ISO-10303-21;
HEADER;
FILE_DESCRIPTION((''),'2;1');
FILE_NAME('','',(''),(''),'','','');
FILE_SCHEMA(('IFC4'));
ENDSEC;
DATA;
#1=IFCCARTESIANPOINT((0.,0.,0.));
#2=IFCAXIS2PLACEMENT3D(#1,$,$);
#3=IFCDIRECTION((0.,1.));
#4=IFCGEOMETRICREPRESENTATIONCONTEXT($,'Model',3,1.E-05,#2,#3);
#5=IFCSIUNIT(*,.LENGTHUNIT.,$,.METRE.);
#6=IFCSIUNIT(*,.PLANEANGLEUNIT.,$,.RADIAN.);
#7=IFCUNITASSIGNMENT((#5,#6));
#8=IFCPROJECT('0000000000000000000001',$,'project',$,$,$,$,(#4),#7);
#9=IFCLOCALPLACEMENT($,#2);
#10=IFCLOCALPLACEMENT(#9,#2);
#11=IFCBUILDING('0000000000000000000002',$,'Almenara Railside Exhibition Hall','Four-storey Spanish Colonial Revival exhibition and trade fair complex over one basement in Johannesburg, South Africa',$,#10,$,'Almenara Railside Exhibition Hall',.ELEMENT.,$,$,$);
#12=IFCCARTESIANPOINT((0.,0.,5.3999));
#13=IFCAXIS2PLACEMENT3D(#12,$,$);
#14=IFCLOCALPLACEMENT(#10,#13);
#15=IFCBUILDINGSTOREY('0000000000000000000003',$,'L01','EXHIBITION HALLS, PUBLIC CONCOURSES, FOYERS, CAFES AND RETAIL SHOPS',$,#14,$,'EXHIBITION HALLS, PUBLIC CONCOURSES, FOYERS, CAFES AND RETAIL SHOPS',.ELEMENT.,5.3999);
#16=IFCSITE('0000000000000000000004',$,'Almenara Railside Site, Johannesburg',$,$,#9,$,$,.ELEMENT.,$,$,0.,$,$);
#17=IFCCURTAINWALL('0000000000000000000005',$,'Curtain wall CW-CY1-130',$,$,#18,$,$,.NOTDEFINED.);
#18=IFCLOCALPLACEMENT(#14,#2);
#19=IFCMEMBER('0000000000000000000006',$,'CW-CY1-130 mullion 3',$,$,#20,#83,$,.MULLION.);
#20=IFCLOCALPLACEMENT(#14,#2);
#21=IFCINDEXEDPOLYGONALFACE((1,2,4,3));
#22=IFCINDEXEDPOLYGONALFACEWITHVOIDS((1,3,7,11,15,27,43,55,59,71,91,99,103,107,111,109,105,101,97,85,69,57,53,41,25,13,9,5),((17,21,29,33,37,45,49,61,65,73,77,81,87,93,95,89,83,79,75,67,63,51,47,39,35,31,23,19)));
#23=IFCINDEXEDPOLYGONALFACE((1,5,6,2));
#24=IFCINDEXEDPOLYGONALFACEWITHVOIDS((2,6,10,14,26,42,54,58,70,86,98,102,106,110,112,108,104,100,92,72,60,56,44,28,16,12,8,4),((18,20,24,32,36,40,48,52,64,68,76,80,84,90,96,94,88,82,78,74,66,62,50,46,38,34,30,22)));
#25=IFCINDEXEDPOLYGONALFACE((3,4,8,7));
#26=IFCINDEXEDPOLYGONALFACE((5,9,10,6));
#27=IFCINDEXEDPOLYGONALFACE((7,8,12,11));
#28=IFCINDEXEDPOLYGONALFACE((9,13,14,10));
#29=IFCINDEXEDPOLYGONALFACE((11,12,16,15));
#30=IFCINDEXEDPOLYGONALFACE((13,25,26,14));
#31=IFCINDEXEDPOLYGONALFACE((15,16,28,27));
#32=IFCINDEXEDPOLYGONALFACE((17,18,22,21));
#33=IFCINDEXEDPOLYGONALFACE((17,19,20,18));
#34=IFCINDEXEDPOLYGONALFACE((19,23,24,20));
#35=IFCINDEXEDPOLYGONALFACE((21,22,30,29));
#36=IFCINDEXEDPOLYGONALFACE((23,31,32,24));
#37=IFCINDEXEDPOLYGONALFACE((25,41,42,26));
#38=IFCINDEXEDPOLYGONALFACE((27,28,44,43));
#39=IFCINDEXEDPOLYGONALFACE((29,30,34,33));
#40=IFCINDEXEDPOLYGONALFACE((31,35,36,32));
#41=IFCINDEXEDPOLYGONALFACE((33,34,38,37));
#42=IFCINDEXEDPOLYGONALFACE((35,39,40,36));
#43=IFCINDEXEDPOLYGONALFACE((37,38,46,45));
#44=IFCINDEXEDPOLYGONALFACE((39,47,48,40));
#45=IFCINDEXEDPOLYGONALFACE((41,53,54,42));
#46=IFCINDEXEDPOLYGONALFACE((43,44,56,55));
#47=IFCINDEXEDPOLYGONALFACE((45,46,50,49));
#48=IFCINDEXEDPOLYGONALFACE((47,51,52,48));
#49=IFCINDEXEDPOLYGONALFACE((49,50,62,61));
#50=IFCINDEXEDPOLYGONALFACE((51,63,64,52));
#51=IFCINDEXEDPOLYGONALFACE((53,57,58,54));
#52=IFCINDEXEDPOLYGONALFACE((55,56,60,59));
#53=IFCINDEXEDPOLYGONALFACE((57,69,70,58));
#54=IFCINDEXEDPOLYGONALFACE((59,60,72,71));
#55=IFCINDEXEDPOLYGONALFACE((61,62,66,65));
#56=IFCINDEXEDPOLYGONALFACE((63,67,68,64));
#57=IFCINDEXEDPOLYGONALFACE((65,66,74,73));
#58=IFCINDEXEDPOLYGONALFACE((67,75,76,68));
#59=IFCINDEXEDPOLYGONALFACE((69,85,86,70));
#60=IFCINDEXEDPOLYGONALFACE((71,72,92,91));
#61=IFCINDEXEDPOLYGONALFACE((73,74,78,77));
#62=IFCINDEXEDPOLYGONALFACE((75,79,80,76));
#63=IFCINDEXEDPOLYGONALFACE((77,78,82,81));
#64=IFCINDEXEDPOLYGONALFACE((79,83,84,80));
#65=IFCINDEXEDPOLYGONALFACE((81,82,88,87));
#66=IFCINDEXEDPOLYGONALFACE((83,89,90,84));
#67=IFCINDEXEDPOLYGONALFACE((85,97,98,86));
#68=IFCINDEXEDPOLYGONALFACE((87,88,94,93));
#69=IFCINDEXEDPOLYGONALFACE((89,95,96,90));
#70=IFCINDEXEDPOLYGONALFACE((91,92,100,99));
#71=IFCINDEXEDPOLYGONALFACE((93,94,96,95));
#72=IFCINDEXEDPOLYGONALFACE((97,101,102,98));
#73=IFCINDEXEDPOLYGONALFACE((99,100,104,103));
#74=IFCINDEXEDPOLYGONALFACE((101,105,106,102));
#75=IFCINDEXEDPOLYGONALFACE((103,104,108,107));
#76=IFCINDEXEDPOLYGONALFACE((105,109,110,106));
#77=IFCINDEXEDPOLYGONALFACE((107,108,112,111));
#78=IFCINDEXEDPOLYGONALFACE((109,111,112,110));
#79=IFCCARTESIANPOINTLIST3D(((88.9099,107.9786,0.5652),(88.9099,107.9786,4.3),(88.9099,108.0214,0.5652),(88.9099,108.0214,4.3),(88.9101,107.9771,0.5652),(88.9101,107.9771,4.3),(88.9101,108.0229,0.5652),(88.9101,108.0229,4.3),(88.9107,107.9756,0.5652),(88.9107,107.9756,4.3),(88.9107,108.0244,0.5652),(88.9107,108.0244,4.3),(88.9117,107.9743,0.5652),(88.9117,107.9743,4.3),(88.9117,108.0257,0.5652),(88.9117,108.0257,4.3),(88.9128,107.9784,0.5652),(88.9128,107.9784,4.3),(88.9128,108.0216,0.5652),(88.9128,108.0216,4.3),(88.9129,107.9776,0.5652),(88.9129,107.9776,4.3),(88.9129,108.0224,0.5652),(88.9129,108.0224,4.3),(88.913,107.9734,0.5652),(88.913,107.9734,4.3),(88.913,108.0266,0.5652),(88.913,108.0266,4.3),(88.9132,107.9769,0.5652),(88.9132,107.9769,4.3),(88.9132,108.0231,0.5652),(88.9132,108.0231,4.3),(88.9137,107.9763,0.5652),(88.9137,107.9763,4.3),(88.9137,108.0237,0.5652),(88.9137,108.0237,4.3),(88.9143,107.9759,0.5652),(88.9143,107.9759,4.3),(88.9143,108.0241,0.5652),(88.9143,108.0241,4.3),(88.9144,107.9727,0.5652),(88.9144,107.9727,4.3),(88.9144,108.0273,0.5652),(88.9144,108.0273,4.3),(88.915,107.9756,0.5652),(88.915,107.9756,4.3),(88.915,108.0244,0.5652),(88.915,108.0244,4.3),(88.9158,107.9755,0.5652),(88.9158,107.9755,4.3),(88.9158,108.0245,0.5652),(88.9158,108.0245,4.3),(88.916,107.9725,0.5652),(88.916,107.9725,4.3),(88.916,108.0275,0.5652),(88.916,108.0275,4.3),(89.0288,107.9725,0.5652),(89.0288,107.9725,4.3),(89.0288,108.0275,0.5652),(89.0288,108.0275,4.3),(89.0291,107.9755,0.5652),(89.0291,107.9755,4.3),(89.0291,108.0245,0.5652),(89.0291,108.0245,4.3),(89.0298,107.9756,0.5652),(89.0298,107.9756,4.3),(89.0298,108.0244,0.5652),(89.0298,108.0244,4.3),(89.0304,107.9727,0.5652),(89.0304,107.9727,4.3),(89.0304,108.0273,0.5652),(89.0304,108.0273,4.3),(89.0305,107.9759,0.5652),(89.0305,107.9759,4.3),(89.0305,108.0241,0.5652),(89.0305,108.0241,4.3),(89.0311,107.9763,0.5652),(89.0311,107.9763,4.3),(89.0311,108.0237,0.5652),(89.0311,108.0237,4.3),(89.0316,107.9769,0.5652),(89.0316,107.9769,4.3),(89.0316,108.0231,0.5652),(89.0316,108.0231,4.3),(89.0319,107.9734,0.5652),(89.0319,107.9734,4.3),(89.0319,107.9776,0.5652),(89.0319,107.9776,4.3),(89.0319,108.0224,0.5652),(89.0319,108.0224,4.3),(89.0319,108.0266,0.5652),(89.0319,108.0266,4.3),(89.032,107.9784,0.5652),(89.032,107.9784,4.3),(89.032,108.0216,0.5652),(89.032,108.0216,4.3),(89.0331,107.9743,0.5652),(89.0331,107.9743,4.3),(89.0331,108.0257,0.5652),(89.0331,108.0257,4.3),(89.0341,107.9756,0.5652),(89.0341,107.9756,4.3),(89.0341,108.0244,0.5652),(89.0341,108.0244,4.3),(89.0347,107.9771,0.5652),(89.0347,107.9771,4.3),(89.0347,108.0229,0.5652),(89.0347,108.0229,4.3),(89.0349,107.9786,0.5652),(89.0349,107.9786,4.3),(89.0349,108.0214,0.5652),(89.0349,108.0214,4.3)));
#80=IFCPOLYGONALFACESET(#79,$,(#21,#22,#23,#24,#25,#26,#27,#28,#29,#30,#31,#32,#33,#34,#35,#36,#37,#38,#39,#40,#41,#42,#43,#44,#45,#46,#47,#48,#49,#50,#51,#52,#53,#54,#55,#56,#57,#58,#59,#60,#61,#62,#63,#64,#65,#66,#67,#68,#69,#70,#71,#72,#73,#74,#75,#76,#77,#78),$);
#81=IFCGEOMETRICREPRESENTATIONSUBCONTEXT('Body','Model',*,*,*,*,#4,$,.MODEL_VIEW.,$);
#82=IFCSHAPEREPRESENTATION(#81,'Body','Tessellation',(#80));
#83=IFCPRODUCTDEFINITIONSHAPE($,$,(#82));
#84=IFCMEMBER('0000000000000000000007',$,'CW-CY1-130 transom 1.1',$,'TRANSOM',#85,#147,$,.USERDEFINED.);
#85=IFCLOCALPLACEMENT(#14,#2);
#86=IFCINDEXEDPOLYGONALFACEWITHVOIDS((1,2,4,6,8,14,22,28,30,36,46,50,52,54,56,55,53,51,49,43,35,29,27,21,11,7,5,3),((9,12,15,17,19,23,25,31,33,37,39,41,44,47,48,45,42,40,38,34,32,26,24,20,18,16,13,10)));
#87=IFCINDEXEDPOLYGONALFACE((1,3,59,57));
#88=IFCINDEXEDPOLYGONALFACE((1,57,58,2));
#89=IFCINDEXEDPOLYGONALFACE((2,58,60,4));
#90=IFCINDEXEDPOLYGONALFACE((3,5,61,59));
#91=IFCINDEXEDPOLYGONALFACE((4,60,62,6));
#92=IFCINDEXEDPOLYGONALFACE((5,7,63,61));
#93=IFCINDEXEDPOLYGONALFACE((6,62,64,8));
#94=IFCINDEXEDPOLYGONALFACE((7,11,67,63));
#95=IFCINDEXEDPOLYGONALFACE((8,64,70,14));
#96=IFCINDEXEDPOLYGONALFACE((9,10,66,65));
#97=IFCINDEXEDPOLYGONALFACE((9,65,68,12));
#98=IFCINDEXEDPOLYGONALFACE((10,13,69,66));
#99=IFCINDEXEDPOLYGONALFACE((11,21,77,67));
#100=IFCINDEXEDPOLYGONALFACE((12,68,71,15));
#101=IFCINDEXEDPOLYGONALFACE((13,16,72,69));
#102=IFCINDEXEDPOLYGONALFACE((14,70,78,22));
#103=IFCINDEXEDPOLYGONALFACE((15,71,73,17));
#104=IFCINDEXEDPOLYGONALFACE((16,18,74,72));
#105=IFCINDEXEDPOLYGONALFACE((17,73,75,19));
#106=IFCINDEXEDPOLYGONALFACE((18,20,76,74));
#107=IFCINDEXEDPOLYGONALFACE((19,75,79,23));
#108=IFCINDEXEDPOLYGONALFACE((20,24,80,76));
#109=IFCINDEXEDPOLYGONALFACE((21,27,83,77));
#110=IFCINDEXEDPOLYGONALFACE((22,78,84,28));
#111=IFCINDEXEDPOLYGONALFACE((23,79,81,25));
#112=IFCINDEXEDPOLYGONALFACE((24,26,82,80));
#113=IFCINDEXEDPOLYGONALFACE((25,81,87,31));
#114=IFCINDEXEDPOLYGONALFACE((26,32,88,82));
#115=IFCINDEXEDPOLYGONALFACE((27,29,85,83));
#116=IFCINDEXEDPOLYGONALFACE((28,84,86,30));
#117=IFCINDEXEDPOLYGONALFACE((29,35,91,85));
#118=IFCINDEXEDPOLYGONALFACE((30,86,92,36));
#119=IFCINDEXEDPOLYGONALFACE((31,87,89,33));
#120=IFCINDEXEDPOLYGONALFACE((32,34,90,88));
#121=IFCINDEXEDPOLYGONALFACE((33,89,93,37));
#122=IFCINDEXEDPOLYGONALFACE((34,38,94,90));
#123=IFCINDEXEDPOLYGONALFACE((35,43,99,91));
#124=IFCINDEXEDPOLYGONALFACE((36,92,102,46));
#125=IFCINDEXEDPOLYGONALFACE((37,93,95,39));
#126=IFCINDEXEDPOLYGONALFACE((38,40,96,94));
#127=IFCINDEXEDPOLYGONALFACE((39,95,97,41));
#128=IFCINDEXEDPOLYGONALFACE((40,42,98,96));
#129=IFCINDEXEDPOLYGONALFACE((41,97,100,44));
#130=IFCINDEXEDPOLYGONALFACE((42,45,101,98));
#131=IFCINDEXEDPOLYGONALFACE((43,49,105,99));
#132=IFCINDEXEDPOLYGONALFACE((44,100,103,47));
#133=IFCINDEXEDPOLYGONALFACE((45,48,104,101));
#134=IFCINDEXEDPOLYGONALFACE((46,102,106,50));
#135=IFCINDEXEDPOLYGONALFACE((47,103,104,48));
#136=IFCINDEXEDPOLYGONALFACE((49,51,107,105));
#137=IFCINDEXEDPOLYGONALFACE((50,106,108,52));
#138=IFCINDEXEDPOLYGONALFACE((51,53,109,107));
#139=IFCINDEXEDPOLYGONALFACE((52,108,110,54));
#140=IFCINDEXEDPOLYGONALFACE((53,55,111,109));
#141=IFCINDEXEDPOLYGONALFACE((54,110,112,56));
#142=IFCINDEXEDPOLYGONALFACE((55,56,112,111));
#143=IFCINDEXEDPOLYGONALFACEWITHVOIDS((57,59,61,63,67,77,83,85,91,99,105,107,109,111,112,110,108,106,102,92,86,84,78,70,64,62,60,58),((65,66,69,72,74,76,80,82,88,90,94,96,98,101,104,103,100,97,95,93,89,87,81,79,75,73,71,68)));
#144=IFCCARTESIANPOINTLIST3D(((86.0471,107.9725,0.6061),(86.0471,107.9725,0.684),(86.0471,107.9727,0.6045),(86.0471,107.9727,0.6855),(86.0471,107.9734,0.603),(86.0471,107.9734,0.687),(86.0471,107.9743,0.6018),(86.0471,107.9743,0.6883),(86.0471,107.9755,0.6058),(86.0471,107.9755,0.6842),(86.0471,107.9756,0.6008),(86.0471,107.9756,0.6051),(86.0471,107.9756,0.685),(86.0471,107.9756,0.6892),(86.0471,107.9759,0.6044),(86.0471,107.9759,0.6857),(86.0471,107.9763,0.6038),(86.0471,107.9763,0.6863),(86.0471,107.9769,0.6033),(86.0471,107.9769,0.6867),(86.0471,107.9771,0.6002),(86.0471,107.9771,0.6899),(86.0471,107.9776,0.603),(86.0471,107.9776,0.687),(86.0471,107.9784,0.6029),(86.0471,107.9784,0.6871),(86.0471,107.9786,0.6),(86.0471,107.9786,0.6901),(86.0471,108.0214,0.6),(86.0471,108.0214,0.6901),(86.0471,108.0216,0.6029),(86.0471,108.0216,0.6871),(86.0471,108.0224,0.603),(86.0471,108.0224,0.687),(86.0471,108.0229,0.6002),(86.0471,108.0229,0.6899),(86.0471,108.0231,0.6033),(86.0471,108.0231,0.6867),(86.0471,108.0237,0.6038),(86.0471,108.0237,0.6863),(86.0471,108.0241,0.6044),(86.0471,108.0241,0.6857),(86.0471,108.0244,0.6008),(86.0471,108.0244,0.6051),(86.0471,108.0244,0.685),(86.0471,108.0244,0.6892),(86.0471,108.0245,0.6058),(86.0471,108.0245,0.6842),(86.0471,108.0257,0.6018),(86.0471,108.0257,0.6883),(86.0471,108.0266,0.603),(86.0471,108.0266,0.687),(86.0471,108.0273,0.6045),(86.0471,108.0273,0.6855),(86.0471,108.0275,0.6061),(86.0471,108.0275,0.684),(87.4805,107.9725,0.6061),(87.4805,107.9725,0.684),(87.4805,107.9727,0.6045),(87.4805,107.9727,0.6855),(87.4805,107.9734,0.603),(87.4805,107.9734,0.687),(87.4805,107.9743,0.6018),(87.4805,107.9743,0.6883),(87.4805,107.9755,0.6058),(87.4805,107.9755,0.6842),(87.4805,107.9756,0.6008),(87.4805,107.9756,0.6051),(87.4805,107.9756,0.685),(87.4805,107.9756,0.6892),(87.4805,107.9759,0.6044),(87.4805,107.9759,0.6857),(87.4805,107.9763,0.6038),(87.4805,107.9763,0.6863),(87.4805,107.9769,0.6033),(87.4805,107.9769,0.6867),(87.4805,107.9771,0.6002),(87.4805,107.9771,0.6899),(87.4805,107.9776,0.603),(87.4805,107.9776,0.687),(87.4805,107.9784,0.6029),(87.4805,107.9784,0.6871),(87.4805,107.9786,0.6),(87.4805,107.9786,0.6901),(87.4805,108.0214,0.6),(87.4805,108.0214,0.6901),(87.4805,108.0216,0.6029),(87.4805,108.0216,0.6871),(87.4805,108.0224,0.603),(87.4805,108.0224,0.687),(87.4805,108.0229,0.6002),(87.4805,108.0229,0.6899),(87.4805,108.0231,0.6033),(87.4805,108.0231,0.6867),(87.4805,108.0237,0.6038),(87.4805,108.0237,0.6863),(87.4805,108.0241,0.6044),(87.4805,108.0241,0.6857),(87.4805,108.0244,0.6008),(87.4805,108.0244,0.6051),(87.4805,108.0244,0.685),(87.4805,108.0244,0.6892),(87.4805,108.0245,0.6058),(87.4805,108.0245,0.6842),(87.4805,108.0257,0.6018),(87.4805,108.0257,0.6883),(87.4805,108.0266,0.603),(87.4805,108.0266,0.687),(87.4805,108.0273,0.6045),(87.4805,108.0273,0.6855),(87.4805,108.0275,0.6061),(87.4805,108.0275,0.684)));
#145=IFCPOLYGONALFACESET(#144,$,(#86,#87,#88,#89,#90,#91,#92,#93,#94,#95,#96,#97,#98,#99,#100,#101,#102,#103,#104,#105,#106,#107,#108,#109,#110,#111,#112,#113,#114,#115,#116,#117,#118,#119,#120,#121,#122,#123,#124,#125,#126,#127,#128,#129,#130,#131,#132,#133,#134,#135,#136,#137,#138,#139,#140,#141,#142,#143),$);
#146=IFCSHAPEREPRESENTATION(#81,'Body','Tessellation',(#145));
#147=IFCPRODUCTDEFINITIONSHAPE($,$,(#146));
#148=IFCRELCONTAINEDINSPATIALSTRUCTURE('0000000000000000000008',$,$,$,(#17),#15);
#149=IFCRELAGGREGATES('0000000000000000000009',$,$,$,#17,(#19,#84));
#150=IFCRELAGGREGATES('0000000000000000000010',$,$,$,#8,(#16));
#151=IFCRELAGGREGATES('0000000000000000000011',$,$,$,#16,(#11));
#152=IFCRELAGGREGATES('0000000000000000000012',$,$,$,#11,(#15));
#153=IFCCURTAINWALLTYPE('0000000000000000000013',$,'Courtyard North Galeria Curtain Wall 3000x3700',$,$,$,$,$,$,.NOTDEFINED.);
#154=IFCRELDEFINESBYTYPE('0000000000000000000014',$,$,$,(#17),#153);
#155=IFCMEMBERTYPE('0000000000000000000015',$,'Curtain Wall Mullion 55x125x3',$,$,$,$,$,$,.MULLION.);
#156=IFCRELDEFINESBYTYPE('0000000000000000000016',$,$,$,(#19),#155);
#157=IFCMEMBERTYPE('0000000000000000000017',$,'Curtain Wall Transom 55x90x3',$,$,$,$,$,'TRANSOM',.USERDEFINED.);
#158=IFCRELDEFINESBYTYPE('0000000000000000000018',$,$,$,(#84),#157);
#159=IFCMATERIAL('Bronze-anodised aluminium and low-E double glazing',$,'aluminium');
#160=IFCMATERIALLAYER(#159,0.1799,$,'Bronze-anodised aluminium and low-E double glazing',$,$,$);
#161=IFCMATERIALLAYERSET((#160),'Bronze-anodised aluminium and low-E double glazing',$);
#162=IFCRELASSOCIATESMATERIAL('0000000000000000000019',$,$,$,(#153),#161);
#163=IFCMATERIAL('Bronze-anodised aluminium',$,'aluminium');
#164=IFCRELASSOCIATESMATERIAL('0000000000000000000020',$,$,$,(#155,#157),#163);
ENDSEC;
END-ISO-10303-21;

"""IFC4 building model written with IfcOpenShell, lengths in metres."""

from ifc_helpers import new_model, si_unit, direction, frame, origin, origin_2d, place, context, subcontext, project, spatial, hollow_rectangle, extrude, material, layer, layer_set, material_profile, profile_set, type_object, element, aggregate, save


model = new_model("IFC4")

# Units and contexts
model_context = context("Model", 3, precision=1e-05, world=origin(), true_north=direction((0.0, 1.0)))
body_context = subcontext(model_context, "Body", "Model", "MODEL_VIEW")
ifc_project = project(units=[si_unit("LENGTHUNIT", "METRE"), si_unit("PLANEANGLEUNIT", "RADIAN")], contexts=[model_context])

# Site, building, storey
site_placement = place(None, origin())
site = spatial("IfcSite", under=ifc_project, at=site_placement, Name="Almenara Railside Site, Johannesburg", CompositionType="ELEMENT", RefElevation=0.0)
building_placement = place(site_placement, origin())
building = spatial("IfcBuilding", under=site, at=building_placement, Name="Almenara Railside Exhibition Hall", Description="Four-storey Spanish Colonial Revival exhibition and trade fair complex over one basement in Johannesburg, South Africa", LongName="Almenara Railside Exhibition Hall", CompositionType="ELEMENT")
storey_placement = place(building_placement, frame((0.0, 0.0, 5.3999)))
storey = spatial("IfcBuildingStorey", under=building, at=storey_placement, Name="L01", Description="EXHIBITION HALLS, PUBLIC CONCOURSES, FOYERS, CAFES AND RETAIL SHOPS", LongName="EXHIBITION HALLS, PUBLIC CONCOURSES, FOYERS, CAFES AND RETAIL SHOPS", CompositionType="ELEMENT", Elevation=5.3999)

# Curtain wall, members
ifc_material_1 = material(Name="Bronze-anodised aluminium and low-E double glazing", Category="aluminium")
ifc_layer_1 = layer(ifc_material_1, 0.1799, Name="Bronze-anodised aluminium and low-E double glazing")
ifc_layer_set_1 = layer_set([ifc_layer_1], Name="Bronze-anodised aluminium and low-E double glazing")
curtain_wall_type = type_object("IfcCurtainWallType", Name="Courtyard North Galeria Curtain Wall 3000x3700", PredefinedType="NOTDEFINED", material=ifc_layer_set_1)
curtain_wall_placement = place(storey_placement, origin())
curtain_wall = element("IfcCurtainWall", 1, at=curtain_wall_placement, inside=storey, type_object=curtain_wall_type, Name="Curtain wall CW-CY1-130", PredefinedType="NOTDEFINED")
ifc_material_2 = material(Name="Bronze-anodised aluminium", Category="aluminium")
ifc_material_profile_1 = material_profile(ifc_material_2, hollow_rectangle(XDim=0.0549, YDim=0.125, WallThickness=0.0029, InnerFilletRadius=0.0029, OuterFilletRadius=0.0061, at=origin_2d()), Name="ALU-MUL 55x125x3")
ifc_profile_set_1 = profile_set([ifc_material_profile_1], Name="Bronze-anodised aluminium")
member_type_1 = type_object("IfcMemberType", Name="Curtain Wall Mullion 55x125x3", PredefinedType="MULLION", material=ifc_profile_set_1)
member_1_placement = place(storey_placement, frame((88.9724, 108.0, 0.5652), z_axis=(0.0, 0.0, 1.0), x_axis=(0.0, 1.0, 0.0)))
member_1 = element("IfcMember", 2, at=member_1_placement, type_object=member_type_1, Name="CW-CY1-130 mullion 3", PredefinedType="MULLION", context=body_context, shape_type="SweptSolid", body=[
    extrude(hollow_rectangle(XDim=0.0549, YDim=0.125, WallThickness=0.0029, InnerFilletRadius=0.0029, OuterFilletRadius=0.0061, at=origin_2d()), origin(), (0.0, 0.0, 1.0), 3.7349),
])
ifc_material_profile_2 = material_profile(ifc_material_2, hollow_rectangle(XDim=0.0549, YDim=0.0901, WallThickness=0.0029, InnerFilletRadius=0.0029, OuterFilletRadius=0.0061, at=origin_2d()), Name="ALU-TRN 55x90x3")
ifc_profile_set_2 = profile_set([ifc_material_profile_2], Name="Bronze-anodised aluminium")
member_type_2 = type_object("IfcMemberType", Name="Curtain Wall Transom 55x90x3", ElementType="TRANSOM", PredefinedType="USERDEFINED", material=ifc_profile_set_2)
member_2_placement = place(storey_placement, frame((86.0471, 108.0, 0.645), z_axis=(1.0, 0.0, 0.0), x_axis=(0.0, 1.0, 0.0)))
member_2 = element("IfcMember", 3, at=member_2_placement, type_object=member_type_2, Name="CW-CY1-130 transom 1.1", ObjectType="TRANSOM", PredefinedType="USERDEFINED", context=body_context, shape_type="SweptSolid", body=[
    extrude(hollow_rectangle(XDim=0.0549, YDim=0.0901, WallThickness=0.0029, InnerFilletRadius=0.0029, OuterFilletRadius=0.0061, at=origin_2d()), origin(), (0.0, 0.0, 1.0), 1.4333),
])

aggregate(curtain_wall, [member_1, member_2])

save(model, "model.ifc")
